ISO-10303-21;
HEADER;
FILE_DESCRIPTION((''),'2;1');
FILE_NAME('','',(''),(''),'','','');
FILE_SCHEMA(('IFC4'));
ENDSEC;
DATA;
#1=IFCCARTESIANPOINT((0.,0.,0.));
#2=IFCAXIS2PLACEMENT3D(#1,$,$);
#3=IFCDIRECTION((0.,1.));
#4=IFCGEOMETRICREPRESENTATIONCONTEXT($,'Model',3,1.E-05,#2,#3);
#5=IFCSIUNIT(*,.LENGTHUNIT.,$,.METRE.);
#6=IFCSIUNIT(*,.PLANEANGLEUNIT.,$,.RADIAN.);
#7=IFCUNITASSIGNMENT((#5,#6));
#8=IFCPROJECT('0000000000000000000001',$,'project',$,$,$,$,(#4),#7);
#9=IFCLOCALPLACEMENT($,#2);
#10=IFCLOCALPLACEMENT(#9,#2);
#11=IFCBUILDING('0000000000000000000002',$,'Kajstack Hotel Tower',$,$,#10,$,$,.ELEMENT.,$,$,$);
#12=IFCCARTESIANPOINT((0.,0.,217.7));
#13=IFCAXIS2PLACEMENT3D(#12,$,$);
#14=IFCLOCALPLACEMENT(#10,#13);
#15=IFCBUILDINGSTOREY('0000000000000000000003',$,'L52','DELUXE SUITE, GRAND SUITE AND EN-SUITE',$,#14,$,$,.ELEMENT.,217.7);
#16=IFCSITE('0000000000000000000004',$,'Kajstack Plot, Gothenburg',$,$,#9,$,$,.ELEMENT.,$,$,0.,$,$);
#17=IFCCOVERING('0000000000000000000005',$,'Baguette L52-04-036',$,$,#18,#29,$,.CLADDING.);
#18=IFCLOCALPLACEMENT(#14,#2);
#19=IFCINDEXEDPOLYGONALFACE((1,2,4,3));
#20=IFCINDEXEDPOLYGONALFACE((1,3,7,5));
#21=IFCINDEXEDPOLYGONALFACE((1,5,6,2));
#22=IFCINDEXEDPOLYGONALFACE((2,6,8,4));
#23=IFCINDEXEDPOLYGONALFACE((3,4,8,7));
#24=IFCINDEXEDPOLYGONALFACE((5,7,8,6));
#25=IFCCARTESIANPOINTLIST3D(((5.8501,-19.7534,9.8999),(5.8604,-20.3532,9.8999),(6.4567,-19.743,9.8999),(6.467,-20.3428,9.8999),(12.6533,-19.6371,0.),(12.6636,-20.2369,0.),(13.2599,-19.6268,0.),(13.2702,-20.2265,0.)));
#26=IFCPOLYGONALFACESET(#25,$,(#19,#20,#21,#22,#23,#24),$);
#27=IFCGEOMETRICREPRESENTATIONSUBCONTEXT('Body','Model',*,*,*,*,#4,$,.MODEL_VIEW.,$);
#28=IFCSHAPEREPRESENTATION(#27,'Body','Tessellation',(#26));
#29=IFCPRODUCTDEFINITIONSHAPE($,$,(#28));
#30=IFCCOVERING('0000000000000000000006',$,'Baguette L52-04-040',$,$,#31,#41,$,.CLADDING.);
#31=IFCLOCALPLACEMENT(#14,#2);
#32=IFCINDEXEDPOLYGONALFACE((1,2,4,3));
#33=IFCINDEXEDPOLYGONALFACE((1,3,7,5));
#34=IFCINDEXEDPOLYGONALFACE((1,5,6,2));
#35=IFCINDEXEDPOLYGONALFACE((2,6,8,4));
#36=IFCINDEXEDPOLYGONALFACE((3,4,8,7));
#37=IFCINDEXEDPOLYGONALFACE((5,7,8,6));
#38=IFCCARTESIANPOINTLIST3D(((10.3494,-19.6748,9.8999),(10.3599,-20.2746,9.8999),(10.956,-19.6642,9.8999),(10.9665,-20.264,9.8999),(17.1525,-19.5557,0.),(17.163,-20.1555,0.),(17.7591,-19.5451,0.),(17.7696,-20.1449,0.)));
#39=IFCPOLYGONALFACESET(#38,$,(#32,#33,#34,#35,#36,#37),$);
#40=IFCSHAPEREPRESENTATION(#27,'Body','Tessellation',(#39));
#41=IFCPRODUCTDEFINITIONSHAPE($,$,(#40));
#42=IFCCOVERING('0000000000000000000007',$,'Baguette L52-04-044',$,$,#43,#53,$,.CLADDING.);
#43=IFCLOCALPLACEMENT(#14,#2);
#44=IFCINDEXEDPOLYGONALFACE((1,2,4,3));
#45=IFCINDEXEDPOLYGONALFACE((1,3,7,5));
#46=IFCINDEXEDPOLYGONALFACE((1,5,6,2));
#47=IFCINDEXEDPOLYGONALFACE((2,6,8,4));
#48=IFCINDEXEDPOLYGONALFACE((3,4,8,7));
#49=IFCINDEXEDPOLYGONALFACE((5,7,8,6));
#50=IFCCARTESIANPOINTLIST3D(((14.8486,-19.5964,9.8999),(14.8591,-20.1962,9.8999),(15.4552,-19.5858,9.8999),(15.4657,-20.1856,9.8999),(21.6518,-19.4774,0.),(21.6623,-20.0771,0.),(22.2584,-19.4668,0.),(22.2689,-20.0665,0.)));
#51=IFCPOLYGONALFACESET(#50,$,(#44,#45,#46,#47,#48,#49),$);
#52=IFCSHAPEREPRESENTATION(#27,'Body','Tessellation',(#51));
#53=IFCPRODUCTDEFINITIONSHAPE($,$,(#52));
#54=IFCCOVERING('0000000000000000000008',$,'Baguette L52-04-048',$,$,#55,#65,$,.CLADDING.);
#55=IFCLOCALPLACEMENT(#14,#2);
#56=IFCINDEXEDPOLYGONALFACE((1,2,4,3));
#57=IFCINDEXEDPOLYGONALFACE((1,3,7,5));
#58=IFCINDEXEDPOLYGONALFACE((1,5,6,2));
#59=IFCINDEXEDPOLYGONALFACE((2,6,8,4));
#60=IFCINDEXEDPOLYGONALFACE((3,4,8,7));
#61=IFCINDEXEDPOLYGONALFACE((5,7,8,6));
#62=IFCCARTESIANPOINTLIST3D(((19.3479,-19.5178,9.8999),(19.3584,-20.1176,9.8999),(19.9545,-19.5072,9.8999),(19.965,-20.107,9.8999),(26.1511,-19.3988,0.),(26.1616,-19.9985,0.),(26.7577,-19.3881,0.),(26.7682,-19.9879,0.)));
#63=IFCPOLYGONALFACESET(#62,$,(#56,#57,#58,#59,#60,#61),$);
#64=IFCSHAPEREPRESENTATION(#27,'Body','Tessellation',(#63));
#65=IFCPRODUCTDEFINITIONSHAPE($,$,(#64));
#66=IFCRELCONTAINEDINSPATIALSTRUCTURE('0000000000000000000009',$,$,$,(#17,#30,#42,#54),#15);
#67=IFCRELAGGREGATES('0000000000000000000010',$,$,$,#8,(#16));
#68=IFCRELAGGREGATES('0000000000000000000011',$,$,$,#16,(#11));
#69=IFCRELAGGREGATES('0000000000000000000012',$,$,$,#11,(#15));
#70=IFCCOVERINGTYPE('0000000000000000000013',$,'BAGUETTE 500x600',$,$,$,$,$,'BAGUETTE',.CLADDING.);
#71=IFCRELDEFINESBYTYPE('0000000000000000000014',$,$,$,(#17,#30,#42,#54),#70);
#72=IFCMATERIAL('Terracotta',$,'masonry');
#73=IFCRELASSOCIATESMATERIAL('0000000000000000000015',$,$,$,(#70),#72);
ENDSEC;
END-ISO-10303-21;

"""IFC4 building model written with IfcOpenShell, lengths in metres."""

from ifc_helpers import new_model, si_unit, direction, frame, origin, origin_2d, place, context, subcontext, project, spatial, polyline, rectangle, outline, extrude, material, material_profile, profile_set, type_object, element, save


model = new_model("IFC4")

# Units and contexts
model_context = context("Model", 3, precision=1e-05, world=origin(), true_north=direction((0.0, 1.0)))
body_context = subcontext(model_context, "Body", "Model", "MODEL_VIEW")
ifc_project = project(units=[si_unit("LENGTHUNIT", "METRE"), si_unit("PLANEANGLEUNIT", "RADIAN")], contexts=[model_context])

# Site, building, storey
site_placement = place(None, origin())
site = spatial("IfcSite", under=ifc_project, at=site_placement, Name="Kajstack Plot, Gothenburg", CompositionType="ELEMENT", RefElevation=0.0)
building_placement = place(site_placement, origin())
building = spatial("IfcBuilding", under=site, at=building_placement, Name="Kajstack Hotel Tower", CompositionType="ELEMENT")
storey_placement = place(building_placement, frame((0.0, 0.0, 217.7)))
storey = spatial("IfcBuildingStorey", under=building, at=storey_placement, Name="L52", Description="DELUXE SUITE, GRAND SUITE AND EN-SUITE", CompositionType="ELEMENT", Elevation=217.7)

# Coverings
ifc_material_1 = material(Name="Terracotta", Category="masonry")
ifc_material_profile = material_profile(ifc_material_1, rectangle(XDim=0.6001, YDim=0.5, at=origin_2d()), Name="Terracotta-clad concrete baguette 500 x 600")
ifc_profile_set = profile_set([ifc_material_profile], Name="Terracotta")
covering_type = type_object("IfcCoveringType", Name="BAGUETTE 500x600", ElementType="BAGUETTE", PredefinedType="CLADDING", material=ifc_profile_set)
for number, where, z_axis, x_axis, name in (
    (1, (5.8501, -19.7534, 0.0), (0.017092, -0.999854, 0.0), (0.999854, 0.017092, 0.0), "Baguette L52-04-036"),
    (2, (10.3494, -19.6748, 0.0), (0.017498, -0.999847, 0.0), (0.999847, 0.017498, 0.0), "Baguette L52-04-040"),
    (3, (14.8486, -19.5964, 0.0), (0.017498, -0.999847, 0.0), (0.999847, 0.017498, 0.0), "Baguette L52-04-044"),
    (4, (19.3479, -19.5178, 0.0), (0.017498, -0.999847, 0.0), (0.999847, 0.017498, 0.0), "Baguette L52-04-048"),
):
    element("IfcCovering", number, at=place(storey_placement, frame(where, z_axis=z_axis, x_axis=x_axis)), inside=storey, type_object=covering_type, Name=name, PredefinedType="CLADDING", context=body_context, shape_type="SweptSolid", body=[
        extrude(outline(polyline([(0.0, 9.8999), (6.8042, 0.0), (7.4109, 0.0), (0.6067, 9.8999), (0.0, 9.8999)])), origin(), (0.0, 0.0, 1.0), 0.5999),
    ])

save(model, "model.ifc")
